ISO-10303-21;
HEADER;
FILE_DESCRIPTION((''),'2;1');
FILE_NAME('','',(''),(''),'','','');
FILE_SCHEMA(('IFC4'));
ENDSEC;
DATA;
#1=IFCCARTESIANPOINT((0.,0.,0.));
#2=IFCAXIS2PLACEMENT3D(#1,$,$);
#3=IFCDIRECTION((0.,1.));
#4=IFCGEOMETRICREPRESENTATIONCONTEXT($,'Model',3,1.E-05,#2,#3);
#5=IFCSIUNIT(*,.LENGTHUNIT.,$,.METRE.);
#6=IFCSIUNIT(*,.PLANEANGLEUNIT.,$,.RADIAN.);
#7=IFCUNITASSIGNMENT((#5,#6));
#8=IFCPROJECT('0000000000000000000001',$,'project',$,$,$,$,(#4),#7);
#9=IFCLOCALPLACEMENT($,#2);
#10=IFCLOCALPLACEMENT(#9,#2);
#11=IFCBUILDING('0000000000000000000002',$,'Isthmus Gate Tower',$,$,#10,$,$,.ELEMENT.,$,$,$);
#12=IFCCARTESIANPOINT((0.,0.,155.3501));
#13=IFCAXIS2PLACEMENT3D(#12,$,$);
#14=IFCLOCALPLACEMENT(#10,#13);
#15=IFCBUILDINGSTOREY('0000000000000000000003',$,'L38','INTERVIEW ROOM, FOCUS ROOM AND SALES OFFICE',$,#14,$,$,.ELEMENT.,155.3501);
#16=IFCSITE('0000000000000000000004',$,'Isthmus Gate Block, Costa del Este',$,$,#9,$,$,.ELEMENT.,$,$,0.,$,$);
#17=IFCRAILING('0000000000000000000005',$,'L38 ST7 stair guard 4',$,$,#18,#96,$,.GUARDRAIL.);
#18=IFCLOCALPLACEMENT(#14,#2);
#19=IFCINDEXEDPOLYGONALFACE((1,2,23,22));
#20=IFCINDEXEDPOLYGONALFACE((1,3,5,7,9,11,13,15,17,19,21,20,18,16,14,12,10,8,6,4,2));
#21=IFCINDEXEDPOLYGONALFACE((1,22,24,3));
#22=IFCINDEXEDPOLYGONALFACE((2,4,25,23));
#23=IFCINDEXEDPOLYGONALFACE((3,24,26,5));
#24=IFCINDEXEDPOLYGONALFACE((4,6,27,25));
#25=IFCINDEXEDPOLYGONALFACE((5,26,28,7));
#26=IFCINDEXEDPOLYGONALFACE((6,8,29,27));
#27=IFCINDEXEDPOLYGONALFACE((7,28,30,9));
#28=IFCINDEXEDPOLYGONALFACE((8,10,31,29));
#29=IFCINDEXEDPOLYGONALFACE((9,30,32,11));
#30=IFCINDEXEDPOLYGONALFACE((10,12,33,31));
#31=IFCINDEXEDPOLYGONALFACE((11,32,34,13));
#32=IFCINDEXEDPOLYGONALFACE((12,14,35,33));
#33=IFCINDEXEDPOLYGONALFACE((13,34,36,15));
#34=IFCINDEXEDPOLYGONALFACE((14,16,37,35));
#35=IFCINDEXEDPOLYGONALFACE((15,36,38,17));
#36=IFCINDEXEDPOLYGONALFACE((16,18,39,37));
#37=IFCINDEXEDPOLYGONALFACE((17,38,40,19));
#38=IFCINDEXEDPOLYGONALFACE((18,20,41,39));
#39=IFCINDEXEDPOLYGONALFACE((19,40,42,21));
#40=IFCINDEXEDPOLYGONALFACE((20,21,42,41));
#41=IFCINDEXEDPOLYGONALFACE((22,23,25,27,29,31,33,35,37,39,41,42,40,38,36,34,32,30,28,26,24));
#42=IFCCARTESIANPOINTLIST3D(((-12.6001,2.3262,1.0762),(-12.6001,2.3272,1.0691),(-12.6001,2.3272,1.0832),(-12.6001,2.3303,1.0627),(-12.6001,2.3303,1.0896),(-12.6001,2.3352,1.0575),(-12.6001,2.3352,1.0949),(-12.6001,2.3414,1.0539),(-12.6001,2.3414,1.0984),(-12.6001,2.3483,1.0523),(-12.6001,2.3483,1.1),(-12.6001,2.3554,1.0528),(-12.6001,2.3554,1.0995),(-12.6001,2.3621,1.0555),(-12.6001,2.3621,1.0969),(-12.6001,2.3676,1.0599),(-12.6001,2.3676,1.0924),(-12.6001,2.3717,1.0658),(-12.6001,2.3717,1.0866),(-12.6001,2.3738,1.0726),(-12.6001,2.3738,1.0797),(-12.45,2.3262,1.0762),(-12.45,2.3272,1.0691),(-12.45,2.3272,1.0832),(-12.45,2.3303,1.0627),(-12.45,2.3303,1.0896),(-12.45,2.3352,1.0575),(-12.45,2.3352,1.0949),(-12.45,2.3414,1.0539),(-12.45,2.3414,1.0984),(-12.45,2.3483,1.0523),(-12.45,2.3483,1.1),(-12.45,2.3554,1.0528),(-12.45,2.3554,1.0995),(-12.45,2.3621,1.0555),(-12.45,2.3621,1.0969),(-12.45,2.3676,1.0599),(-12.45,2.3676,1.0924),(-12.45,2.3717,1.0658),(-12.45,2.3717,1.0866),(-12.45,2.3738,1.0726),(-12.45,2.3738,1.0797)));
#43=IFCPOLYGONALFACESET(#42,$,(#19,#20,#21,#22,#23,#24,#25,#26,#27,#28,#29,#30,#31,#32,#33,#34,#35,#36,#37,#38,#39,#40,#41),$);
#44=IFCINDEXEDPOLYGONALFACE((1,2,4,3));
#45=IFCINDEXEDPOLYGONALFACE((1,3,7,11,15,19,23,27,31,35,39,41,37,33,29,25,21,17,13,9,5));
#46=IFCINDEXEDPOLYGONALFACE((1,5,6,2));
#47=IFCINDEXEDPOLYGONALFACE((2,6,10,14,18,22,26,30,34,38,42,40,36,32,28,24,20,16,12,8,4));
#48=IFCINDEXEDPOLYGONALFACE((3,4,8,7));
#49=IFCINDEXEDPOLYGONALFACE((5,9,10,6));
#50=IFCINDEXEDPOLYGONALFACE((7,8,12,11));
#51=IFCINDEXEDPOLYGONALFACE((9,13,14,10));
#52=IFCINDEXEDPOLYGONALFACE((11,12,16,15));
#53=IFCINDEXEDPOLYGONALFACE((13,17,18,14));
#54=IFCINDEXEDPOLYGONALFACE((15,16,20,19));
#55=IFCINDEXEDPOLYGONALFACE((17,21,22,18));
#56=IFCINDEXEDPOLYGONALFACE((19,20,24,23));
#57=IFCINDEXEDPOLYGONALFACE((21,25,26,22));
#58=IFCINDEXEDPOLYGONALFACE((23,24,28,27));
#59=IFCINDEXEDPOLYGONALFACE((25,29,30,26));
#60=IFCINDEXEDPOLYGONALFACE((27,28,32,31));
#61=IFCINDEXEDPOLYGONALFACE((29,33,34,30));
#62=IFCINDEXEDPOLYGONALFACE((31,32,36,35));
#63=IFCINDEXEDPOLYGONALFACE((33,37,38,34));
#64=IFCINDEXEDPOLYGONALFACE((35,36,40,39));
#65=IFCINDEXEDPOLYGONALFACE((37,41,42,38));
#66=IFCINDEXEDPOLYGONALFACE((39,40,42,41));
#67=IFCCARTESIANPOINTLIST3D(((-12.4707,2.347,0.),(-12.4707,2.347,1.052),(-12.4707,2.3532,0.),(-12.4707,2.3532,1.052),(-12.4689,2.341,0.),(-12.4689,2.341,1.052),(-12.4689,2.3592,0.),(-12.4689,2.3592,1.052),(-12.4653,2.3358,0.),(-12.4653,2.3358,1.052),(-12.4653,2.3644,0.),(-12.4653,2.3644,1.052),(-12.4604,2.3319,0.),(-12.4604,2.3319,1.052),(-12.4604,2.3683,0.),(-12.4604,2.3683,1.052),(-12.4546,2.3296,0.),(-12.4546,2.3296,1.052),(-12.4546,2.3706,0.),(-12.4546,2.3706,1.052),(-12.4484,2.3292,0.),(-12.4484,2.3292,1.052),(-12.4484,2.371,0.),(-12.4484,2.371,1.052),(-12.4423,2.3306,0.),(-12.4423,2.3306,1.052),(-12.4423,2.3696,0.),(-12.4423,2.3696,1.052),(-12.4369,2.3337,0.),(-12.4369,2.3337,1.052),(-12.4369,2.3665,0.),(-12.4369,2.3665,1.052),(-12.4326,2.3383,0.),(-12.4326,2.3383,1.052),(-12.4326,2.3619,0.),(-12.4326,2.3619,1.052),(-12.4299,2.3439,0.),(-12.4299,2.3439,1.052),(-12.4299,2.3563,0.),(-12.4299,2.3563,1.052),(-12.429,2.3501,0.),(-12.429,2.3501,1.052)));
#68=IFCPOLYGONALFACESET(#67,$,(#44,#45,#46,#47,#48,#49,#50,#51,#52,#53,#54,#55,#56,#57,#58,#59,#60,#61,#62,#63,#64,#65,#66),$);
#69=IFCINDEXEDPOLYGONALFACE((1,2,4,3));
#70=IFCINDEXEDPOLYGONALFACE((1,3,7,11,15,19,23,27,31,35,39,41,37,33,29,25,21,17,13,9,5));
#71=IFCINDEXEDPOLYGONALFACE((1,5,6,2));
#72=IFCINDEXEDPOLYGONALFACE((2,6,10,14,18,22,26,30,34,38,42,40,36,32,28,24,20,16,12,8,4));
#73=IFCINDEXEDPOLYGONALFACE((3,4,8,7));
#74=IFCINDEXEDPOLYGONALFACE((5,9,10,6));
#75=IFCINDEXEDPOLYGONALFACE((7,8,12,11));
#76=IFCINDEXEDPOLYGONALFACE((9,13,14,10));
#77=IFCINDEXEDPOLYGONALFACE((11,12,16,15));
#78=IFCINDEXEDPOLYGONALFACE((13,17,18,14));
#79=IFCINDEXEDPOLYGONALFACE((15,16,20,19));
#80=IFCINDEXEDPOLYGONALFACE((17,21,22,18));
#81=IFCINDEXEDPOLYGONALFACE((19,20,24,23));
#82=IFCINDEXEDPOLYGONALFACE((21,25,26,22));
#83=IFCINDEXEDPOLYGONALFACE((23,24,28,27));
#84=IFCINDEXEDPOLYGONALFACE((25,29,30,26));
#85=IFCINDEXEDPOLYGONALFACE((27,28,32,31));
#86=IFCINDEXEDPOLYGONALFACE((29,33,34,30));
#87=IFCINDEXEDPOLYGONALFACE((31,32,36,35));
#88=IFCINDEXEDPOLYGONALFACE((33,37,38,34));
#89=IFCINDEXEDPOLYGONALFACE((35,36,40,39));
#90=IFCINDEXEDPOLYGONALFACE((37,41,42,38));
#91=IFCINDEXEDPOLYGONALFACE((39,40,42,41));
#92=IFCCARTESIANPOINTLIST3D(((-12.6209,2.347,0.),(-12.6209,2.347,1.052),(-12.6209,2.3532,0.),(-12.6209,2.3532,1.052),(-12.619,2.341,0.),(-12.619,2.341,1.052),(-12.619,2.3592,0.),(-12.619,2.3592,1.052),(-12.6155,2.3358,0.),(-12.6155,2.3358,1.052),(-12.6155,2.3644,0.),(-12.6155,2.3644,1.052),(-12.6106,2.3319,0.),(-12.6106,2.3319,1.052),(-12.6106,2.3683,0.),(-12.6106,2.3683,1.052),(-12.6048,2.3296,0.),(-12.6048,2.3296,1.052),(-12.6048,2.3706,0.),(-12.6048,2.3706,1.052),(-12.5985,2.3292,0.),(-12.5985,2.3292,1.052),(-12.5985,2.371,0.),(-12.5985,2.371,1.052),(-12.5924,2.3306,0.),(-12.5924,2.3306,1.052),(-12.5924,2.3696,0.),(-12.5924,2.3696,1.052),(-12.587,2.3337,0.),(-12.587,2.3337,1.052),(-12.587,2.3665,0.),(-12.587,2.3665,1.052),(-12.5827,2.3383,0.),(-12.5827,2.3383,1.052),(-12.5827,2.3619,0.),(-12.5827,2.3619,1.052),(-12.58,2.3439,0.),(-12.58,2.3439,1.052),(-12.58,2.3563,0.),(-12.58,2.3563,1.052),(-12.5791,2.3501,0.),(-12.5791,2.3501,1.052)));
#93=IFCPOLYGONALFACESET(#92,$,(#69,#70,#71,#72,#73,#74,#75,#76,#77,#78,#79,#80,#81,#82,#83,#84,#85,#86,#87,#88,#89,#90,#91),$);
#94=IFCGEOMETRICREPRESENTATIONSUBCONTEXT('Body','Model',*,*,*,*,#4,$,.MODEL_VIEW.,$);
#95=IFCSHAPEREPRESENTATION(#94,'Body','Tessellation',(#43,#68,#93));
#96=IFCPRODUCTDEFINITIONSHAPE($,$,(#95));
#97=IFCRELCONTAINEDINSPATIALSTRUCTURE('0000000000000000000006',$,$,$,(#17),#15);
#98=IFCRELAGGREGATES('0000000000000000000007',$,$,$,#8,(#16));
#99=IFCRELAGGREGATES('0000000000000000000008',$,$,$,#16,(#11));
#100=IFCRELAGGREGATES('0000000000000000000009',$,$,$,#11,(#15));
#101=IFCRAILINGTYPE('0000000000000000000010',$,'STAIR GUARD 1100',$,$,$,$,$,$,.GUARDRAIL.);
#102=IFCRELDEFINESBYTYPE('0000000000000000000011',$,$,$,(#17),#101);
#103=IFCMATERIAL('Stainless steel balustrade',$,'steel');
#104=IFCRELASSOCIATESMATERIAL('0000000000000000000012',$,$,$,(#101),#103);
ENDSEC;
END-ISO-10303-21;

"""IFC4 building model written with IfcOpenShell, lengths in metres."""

from ifc_helpers import new_model, si_unit, direction, frame, origin, origin_2d, place, context, subcontext, project, spatial, circle, extrude, material, type_object, element, save


model = new_model("IFC4")

# Units and contexts
model_context = context("Model", 3, precision=1e-05, world=origin(), true_north=direction((0.0, 1.0)))
body_context = subcontext(model_context, "Body", "Model", "MODEL_VIEW")
ifc_project = project(units=[si_unit("LENGTHUNIT", "METRE"), si_unit("PLANEANGLEUNIT", "RADIAN")], contexts=[model_context])

# Site, building, storey
site_placement = place(None, origin())
site = spatial("IfcSite", under=ifc_project, at=site_placement, Name="Isthmus Gate Block, Costa del Este", CompositionType="ELEMENT", RefElevation=0.0)
building_placement = place(site_placement, origin())
building = spatial("IfcBuilding", under=site, at=building_placement, Name="Isthmus Gate Tower", CompositionType="ELEMENT")
storey_placement = place(building_placement, frame((0.0, 0.0, 155.3501)))
storey = spatial("IfcBuildingStorey", under=building, at=storey_placement, Name="L38", Description="INTERVIEW ROOM, FOCUS ROOM AND SALES OFFICE", CompositionType="ELEMENT", Elevation=155.3501)

# Railing
ifc_material_1 = material(Name="Stainless steel balustrade", Category="steel")
railing_type_1 = type_object("IfcRailingType", Name="STAIR GUARD 1100", PredefinedType="GUARDRAIL", material=ifc_material_1)
railing_1_placement = place(storey_placement, frame((-12.45, 2.3501, 0.0)))
element("IfcRailing", 1, at=railing_1_placement, inside=storey, type_object=railing_type_1, Name="L38 ST7 stair guard 4", PredefinedType="GUARDRAIL", context=body_context, shape_type="SweptSolid", body=[
    extrude(circle(Radius=0.0239, at=origin_2d()), frame((0.0, 0.0, 1.0762), z_axis=(-1.0, 0.0, 0.0), x_axis=(0.0, -1.0, 0.0)), (0.0, 0.0, 1.0), 0.1501),
    extrude(circle(Radius=0.021, at=origin_2d()), origin(), (0.0, 0.0, 1.0), 1.052),
    extrude(circle(Radius=0.021, at=origin_2d()), frame((-0.1501, 0.0, 0.0)), (0.0, 0.0, 1.0), 1.052),
])

save(model, "model.ifc")
